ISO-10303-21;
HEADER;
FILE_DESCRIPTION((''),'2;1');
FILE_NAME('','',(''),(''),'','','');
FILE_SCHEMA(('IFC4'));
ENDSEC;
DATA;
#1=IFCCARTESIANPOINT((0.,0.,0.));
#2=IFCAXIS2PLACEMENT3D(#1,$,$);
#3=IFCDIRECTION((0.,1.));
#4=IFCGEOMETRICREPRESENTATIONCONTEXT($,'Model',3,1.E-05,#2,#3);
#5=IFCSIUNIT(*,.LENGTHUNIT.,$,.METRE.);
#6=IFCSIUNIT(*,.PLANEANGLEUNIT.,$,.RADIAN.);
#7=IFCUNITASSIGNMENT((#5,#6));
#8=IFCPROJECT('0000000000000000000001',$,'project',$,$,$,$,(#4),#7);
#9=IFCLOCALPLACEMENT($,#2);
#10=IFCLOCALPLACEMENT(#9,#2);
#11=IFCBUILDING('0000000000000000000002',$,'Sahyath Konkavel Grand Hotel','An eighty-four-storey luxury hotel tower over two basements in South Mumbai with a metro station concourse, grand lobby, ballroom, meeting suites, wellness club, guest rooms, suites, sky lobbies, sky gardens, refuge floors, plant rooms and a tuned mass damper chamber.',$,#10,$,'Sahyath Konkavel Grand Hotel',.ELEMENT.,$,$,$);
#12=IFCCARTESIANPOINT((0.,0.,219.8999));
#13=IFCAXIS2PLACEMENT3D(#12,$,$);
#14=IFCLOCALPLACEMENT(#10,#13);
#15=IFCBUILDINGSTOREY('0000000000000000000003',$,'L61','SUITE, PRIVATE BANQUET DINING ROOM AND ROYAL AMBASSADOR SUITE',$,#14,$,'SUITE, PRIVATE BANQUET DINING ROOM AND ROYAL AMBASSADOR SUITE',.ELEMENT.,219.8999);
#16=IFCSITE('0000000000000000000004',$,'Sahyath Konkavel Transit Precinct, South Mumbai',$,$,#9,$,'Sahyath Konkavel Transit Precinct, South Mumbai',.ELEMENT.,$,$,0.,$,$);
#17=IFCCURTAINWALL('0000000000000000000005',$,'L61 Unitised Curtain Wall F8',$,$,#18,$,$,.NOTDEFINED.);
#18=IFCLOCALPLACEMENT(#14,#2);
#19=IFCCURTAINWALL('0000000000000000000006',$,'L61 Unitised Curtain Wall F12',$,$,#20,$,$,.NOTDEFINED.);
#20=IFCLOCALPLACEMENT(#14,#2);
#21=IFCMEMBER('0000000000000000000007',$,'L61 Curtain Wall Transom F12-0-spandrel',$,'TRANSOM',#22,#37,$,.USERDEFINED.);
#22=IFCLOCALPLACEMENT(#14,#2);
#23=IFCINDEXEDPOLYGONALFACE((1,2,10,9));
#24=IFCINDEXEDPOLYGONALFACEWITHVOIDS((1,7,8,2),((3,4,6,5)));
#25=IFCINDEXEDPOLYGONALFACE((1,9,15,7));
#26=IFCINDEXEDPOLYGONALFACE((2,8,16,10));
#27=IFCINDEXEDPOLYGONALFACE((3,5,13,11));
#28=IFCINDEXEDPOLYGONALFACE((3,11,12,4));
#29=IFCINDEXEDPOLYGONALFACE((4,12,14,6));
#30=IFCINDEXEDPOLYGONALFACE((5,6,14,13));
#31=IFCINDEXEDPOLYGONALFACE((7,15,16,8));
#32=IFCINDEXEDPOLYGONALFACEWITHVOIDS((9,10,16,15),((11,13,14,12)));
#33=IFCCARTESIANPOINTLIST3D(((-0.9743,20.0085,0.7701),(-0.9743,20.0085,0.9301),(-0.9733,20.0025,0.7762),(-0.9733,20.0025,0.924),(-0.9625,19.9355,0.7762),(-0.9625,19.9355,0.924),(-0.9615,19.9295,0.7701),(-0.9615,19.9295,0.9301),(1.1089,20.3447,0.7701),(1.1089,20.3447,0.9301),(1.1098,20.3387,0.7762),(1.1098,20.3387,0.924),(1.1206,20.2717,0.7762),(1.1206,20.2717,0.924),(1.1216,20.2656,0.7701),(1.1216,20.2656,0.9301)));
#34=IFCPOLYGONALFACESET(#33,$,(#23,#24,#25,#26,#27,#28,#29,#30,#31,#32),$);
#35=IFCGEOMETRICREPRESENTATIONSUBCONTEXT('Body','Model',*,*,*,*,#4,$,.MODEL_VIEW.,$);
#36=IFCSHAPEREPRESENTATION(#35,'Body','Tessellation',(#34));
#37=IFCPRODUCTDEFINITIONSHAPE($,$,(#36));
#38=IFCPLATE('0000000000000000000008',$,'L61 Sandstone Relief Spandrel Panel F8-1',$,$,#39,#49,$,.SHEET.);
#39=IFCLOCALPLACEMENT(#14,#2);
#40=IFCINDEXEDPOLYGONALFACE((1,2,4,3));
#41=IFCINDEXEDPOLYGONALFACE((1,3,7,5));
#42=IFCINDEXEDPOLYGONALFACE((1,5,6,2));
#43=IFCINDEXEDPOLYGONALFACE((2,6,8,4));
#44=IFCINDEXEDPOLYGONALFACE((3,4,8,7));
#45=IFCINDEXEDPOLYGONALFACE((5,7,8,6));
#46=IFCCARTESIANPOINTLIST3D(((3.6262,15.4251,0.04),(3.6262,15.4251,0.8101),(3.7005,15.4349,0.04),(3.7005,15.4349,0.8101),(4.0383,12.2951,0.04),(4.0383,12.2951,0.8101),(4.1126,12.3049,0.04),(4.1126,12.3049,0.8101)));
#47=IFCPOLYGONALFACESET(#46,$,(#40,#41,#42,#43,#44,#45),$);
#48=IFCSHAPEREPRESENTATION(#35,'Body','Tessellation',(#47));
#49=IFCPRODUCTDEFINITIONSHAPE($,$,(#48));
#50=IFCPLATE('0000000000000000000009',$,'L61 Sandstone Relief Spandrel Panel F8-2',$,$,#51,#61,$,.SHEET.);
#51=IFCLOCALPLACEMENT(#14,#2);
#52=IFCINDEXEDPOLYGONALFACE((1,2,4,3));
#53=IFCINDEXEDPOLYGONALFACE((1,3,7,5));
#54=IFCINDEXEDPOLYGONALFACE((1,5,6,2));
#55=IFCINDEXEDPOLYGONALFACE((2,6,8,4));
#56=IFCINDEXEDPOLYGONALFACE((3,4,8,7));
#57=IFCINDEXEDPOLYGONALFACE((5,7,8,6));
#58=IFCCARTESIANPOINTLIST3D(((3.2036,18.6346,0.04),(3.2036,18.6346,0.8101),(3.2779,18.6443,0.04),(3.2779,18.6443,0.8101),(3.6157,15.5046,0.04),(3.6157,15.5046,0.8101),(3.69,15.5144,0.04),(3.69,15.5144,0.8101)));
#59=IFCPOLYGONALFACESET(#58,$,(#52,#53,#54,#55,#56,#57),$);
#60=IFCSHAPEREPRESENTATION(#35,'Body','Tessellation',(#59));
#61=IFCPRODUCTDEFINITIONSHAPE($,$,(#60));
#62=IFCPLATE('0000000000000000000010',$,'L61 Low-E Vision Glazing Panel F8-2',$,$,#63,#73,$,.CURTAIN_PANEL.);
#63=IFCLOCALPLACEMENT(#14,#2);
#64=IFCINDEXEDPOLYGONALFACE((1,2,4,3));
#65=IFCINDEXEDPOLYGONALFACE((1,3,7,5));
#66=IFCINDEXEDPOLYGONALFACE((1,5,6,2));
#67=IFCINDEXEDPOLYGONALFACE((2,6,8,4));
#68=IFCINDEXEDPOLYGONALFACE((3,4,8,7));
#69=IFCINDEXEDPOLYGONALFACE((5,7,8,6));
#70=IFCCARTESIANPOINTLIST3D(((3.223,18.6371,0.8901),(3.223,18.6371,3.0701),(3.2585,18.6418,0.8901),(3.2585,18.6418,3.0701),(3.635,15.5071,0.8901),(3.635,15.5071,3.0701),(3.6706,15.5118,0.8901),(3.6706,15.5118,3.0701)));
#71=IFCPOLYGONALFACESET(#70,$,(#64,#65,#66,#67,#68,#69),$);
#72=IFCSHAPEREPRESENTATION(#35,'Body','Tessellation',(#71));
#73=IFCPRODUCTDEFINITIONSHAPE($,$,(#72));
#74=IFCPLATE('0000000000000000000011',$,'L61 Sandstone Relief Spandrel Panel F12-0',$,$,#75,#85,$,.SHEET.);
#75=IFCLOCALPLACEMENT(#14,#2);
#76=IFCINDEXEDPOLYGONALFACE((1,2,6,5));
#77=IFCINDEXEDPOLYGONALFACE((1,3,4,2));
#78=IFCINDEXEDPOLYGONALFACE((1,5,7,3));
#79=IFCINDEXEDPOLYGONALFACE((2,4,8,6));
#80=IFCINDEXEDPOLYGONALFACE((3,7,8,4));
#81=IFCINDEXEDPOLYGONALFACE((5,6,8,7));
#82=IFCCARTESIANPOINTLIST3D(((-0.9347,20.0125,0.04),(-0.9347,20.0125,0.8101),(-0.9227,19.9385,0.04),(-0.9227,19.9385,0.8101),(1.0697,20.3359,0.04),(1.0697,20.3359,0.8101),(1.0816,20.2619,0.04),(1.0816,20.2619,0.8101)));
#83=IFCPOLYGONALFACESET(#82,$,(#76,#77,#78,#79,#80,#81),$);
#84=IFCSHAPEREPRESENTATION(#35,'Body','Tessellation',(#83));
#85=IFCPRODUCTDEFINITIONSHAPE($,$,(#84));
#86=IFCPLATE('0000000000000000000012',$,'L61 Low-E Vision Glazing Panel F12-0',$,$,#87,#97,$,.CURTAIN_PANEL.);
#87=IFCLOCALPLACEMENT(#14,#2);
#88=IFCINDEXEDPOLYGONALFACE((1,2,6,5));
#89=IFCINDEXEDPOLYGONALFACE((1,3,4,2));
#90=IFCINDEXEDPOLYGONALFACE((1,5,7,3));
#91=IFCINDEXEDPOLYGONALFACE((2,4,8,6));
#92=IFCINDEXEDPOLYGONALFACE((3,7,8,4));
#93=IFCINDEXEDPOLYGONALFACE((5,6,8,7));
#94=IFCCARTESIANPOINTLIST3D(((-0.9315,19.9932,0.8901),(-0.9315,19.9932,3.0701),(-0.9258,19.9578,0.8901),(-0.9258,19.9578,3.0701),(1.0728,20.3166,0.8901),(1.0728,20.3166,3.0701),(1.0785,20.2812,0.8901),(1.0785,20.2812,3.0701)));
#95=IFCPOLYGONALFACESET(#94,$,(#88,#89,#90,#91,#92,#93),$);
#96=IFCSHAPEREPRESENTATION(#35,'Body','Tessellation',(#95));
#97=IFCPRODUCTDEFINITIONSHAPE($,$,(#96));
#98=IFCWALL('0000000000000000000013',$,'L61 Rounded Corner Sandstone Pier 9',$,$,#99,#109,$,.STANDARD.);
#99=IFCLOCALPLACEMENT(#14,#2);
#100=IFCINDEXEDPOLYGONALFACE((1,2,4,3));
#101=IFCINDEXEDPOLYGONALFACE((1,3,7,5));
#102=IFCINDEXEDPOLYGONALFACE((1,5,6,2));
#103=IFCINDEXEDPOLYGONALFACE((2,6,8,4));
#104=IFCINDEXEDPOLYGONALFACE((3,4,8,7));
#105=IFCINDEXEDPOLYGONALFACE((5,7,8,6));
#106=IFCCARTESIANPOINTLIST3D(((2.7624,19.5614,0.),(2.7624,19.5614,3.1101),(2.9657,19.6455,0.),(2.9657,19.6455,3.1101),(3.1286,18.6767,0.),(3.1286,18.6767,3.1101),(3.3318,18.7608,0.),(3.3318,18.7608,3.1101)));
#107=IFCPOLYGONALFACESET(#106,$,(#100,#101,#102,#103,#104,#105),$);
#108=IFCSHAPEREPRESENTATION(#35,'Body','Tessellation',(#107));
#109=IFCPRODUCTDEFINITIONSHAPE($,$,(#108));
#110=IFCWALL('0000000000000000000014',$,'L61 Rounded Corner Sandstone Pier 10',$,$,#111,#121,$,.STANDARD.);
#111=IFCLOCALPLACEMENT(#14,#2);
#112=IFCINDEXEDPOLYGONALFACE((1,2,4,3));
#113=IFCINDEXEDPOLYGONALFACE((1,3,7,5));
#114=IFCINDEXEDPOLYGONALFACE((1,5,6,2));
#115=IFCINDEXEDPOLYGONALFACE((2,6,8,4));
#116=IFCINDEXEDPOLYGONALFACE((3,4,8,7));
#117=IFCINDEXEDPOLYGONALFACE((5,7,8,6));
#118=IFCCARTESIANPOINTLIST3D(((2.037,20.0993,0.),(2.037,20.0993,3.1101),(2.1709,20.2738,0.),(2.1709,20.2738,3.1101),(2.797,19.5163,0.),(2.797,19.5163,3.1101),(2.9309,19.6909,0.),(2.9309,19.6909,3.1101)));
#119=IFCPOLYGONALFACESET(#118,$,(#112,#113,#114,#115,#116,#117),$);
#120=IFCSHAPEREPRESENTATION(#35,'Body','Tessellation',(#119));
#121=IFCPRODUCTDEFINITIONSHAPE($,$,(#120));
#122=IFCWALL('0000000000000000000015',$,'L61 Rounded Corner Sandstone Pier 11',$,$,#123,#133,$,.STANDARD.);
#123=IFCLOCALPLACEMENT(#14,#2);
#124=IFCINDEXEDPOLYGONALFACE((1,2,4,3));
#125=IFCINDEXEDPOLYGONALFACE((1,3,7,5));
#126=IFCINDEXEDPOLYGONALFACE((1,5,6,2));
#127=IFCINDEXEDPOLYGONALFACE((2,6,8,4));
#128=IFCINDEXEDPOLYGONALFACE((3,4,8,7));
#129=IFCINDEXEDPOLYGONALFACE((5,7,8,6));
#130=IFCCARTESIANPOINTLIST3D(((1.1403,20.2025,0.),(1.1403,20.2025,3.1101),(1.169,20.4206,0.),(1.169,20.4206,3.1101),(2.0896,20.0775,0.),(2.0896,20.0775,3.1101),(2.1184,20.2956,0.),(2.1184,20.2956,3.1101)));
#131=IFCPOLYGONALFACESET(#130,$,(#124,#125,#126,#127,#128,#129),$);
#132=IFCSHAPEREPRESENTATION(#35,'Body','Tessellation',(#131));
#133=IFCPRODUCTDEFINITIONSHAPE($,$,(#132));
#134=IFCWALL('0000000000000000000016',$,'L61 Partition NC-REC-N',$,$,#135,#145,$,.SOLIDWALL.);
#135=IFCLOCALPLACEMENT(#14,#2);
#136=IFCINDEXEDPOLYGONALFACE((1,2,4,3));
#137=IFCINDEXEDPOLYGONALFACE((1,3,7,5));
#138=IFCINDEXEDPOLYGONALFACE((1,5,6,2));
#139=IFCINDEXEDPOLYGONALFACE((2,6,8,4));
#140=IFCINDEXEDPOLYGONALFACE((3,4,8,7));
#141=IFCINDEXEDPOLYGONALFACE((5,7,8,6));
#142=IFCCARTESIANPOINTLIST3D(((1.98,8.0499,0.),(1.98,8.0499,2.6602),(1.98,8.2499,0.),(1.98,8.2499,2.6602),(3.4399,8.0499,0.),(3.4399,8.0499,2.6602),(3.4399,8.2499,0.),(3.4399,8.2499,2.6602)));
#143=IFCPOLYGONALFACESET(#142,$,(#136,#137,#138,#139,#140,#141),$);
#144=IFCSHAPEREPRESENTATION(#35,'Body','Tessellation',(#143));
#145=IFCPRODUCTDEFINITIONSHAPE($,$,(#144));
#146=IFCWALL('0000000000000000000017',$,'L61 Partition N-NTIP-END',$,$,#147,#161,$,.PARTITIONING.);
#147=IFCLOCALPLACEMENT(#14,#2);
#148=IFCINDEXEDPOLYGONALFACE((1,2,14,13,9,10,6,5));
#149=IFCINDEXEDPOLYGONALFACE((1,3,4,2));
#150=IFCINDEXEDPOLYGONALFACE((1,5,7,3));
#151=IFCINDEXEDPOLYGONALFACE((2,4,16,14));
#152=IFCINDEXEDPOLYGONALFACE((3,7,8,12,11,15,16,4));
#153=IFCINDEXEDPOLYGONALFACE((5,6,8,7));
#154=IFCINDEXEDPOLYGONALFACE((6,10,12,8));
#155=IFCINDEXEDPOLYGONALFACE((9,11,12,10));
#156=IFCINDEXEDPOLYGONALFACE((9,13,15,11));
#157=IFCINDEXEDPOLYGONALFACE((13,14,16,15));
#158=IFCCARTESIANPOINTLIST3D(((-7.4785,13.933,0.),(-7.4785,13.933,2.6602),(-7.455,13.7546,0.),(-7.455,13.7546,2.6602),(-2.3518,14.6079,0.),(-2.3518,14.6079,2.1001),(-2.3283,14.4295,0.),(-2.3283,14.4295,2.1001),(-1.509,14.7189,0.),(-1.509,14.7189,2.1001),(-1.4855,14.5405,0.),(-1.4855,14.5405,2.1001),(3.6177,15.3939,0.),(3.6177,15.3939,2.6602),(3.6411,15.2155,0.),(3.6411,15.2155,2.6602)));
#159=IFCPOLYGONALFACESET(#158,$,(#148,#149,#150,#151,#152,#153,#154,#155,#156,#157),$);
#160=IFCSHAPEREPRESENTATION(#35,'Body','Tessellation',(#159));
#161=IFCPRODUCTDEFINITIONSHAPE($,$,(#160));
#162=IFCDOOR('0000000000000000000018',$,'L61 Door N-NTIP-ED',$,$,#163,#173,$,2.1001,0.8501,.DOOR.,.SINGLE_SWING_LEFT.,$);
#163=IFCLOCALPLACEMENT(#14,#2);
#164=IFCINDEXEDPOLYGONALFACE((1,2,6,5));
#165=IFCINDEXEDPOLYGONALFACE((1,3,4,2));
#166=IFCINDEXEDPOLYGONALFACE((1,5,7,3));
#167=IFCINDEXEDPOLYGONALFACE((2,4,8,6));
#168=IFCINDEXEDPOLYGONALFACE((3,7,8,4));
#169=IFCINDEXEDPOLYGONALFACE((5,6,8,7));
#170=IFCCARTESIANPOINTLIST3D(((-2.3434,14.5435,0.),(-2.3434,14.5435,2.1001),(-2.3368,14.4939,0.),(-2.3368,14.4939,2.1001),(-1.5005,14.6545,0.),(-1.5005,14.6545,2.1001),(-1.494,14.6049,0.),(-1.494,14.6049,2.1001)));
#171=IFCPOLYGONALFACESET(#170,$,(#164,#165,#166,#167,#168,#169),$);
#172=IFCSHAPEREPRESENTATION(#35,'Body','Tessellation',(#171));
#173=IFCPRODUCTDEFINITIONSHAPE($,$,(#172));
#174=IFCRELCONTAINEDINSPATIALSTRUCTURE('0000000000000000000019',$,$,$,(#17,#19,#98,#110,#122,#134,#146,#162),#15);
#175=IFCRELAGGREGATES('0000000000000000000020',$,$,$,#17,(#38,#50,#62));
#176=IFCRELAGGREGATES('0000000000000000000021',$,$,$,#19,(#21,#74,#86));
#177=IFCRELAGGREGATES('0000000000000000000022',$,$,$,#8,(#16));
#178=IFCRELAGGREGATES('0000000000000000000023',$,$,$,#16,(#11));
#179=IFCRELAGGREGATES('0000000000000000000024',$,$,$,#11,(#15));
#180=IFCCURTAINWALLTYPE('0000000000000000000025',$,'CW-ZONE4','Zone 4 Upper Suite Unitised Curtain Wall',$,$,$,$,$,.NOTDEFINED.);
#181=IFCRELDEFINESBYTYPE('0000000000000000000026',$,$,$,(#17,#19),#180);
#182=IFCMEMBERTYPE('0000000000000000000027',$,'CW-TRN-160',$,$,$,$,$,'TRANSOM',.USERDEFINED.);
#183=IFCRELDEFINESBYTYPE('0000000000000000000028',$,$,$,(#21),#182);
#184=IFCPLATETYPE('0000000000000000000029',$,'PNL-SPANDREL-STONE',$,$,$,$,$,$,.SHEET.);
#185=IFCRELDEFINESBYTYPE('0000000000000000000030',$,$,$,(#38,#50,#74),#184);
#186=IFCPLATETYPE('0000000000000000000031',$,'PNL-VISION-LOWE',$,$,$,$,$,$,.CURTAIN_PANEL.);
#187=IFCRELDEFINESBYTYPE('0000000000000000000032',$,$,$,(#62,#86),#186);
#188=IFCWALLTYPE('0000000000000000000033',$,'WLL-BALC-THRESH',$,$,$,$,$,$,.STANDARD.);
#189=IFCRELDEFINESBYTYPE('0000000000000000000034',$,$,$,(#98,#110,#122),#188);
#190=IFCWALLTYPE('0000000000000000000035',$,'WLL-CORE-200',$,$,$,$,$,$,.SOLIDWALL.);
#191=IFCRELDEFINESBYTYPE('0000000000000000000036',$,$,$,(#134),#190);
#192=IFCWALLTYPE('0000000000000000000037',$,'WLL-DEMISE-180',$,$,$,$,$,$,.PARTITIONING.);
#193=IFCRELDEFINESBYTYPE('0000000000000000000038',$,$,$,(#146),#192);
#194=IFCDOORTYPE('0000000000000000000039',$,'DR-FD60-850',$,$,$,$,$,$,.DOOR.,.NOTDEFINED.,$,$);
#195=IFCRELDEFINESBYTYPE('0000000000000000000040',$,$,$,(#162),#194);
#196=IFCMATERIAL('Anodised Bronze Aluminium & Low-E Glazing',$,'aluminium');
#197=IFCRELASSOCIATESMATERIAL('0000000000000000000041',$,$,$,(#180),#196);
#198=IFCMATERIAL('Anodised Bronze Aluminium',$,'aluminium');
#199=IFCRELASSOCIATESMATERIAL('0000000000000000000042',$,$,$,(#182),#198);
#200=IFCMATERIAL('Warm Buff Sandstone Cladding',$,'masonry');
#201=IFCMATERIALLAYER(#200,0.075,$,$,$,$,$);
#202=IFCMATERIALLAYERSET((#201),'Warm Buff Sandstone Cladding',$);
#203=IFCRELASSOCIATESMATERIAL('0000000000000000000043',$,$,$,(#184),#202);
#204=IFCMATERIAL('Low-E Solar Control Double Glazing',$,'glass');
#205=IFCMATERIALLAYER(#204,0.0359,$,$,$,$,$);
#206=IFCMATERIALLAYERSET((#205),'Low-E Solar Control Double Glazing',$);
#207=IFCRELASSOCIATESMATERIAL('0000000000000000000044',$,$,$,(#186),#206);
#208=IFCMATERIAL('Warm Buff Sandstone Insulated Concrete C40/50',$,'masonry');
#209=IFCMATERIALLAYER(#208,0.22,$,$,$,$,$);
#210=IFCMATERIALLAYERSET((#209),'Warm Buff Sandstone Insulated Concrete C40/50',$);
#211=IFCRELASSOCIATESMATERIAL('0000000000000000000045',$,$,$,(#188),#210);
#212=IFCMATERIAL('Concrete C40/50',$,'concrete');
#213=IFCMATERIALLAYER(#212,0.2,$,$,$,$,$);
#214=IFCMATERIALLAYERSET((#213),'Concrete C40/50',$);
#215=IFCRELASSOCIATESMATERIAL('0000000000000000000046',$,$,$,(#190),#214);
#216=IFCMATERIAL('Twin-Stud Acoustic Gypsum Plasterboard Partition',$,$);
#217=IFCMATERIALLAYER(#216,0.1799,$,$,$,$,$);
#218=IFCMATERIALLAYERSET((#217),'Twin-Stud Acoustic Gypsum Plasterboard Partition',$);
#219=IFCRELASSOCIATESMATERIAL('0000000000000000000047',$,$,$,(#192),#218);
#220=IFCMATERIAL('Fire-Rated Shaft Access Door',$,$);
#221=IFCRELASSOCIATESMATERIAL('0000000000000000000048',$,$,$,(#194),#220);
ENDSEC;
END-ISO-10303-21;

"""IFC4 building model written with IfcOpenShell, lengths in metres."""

from ifc_helpers import new_model, si_unit, direction, frame, frame_2d, origin, origin_2d, place, context, subcontext, project, spatial, rectangle, hollow_rectangle, extrude, source, transform, mapped, material, layer, layer_set, material_profile, profile_set, type_object, element, fill, aggregate, save


model = new_model("IFC4")

# Units and contexts
model_context = context("Model", 3, precision=1e-05, world=origin(), true_north=direction((0.0, 1.0)))
body_context = subcontext(model_context, "Body", "Model", "MODEL_VIEW")
ifc_project = project(units=[si_unit("LENGTHUNIT", "METRE"), si_unit("PLANEANGLEUNIT", "RADIAN")], contexts=[model_context])

# Site, building, storey
site_placement = place(None, origin())
site = spatial("IfcSite", under=ifc_project, at=site_placement, Name="Sahyath Konkavel Transit Precinct, South Mumbai", LongName="Sahyath Konkavel Transit Precinct, South Mumbai", CompositionType="ELEMENT", RefElevation=0.0)
building_placement = place(site_placement, origin())
building = spatial("IfcBuilding", under=site, at=building_placement, Name="Sahyath Konkavel Grand Hotel", Description="An eighty-four-storey luxury hotel tower over two basements in South Mumbai with a metro station concourse, grand lobby, ballroom, meeting suites, wellness club, guest rooms, suites, sky lobbies, sky gardens, refuge floors, plant rooms and a tuned mass damper chamber.", LongName="Sahyath Konkavel Grand Hotel", CompositionType="ELEMENT")
storey_placement = place(building_placement, frame((0.0, 0.0, 219.8999)))
storey = spatial("IfcBuildingStorey", under=building, at=storey_placement, Name="L61", Description="SUITE, PRIVATE BANQUET DINING ROOM AND ROYAL AMBASSADOR SUITE", LongName="SUITE, PRIVATE BANQUET DINING ROOM AND ROYAL AMBASSADOR SUITE", CompositionType="ELEMENT", Elevation=219.8999)

# Shared definitions
ifc_material_1 = material(Name="Concrete C40/50", Category="concrete")

# Curtain wall
ifc_material_2 = material(Name="Anodised Bronze Aluminium & Low-E Glazing", Category="aluminium")
curtain_wall_type = type_object("IfcCurtainWallType", Name="CW-ZONE4", Description="Zone 4 Upper Suite Unitised Curtain Wall", PredefinedType="NOTDEFINED", material=ifc_material_2)
curtain_wall_1_placement = place(storey_placement, origin())
curtain_wall_1 = element("IfcCurtainWall", 1, at=curtain_wall_1_placement, inside=storey, type_object=curtain_wall_type, Name="L61 Unitised Curtain Wall F8", PredefinedType="NOTDEFINED")
ifc_material_3 = material(Name="Anodised Bronze Aluminium", Category="aluminium")

# Curtain wall
curtain_wall_2_placement = place(storey_placement, origin())
curtain_wall_2 = element("IfcCurtainWall", 2, at=curtain_wall_2_placement, inside=storey, type_object=curtain_wall_type, Name="L61 Unitised Curtain Wall F12", PredefinedType="NOTDEFINED")

# Member
ifc_material_profile_1 = material_profile(ifc_material_3, hollow_rectangle(XDim=0.0801, YDim=0.1599, WallThickness=0.0061, at=origin_2d()), Name="RHS 160x80x6")
ifc_profile_set_1 = profile_set([ifc_material_profile_1], Name="Anodised Bronze Aluminium")
member_type_1 = type_object("IfcMemberType", Name="CW-TRN-160", ElementType="TRANSOM", PredefinedType="USERDEFINED", material=ifc_profile_set_1)
shared_shape_1 = source(origin(), body_context, "Body", "SweptSolid", [
    extrude(hollow_rectangle(XDim=0.0801, YDim=0.1599, WallThickness=0.0061, at=origin_2d()), origin(), (0.0, 0.0, 1.0), 2.1101),
])
member_1_placement = place(storey_placement, frame((1.1152, 20.3052, 0.8501), z_axis=(-0.987228, -0.159312, 0.0), x_axis=(0.159312, -0.987228, 0.0)))
member_1 = element("IfcMember", 3, at=member_1_placement, type_object=member_type_1, Name="L61 Curtain Wall Transom F12-0-spandrel", ObjectType="TRANSOM", PredefinedType="USERDEFINED", context=body_context, shape_type="MappedRepresentation", body=[
    mapped(shared_shape_1, transform((0.0, 0.0, 0.0), scale=1.0)),
])

# Plates
ifc_material_4 = material(Name="Warm Buff Sandstone Cladding", Category="masonry")
ifc_layer_1 = layer(ifc_material_4, 0.075)
ifc_layer_set_1 = layer_set([ifc_layer_1], Name="Warm Buff Sandstone Cladding")
plate_type_1 = type_object("IfcPlateType", Name="PNL-SPANDREL-STONE", PredefinedType="SHEET", material=ifc_layer_set_1)
shared_shape_2 = source(origin(), body_context, "Body", "SweptSolid", [
    extrude(rectangle(XDim=3.157, YDim=0.075, at=origin_2d()), origin(), (0.0, 0.0, 1.0), 0.77),
])
plate_1_placement = place(storey_placement, frame((3.8694, 13.865, 0.04), z_axis=(0.0, 0.0, 1.0), x_axis=(-0.130526, 0.991445, 0.0)))
plate_1 = element("IfcPlate", 4, at=plate_1_placement, type_object=plate_type_1, Name="L61 Sandstone Relief Spandrel Panel F8-1", PredefinedType="SHEET", context=body_context, shape_type="MappedRepresentation", body=[
    mapped(shared_shape_2, transform((0.0, 0.0, 0.0), scale=1.0)),
])
plate_2_placement = place(storey_placement, frame((3.4468, 17.0745, 0.04), z_axis=(0.0, 0.0, 1.0), x_axis=(-0.130526, 0.991445, 0.0)))
plate_2 = element("IfcPlate", 5, at=plate_2_placement, type_object=plate_type_1, Name="L61 Sandstone Relief Spandrel Panel F8-2", PredefinedType="SHEET", context=body_context, shape_type="MappedRepresentation", body=[
    mapped(shared_shape_2, transform((0.0, 0.0, 0.0), scale=1.0)),
])
ifc_material_5 = material(Name="Low-E Solar Control Double Glazing", Category="glass")
ifc_layer_2 = layer(ifc_material_5, 0.0359)
ifc_layer_set_2 = layer_set([ifc_layer_2], Name="Low-E Solar Control Double Glazing")
plate_type_2 = type_object("IfcPlateType", Name="PNL-VISION-LOWE", PredefinedType="CURTAIN_PANEL", material=ifc_layer_set_2)
shared_shape_3 = source(origin(), body_context, "Body", "SweptSolid", [
    extrude(rectangle(XDim=3.157, YDim=0.0359, at=origin_2d()), origin(), (0.0, 0.0, 1.0), 2.1799),
])
plate_3_placement = place(storey_placement, frame((3.4468, 17.0745, 0.8901), z_axis=(0.0, 0.0, 1.0), x_axis=(-0.130526, 0.991445, 0.0)))
plate_3 = element("IfcPlate", 6, at=plate_3_placement, type_object=plate_type_2, Name="L61 Low-E Vision Glazing Panel F8-2", PredefinedType="CURTAIN_PANEL", context=body_context, shape_type="MappedRepresentation", body=[
    mapped(shared_shape_3, transform((0.0, 0.0, 0.0), scale=1.0)),
])
aggregate(curtain_wall_1, [plate_1, plate_2, plate_3])
shared_shape_4 = source(origin(), body_context, "Body", "SweptSolid", [
    extrude(rectangle(XDim=2.0303, YDim=0.075, at=origin_2d()), origin(), (0.0, 0.0, 1.0), 0.77),
])
plate_4_placement = place(storey_placement, frame((0.0735, 20.1372, 0.04), z_axis=(0.0, 0.0, 1.0), x_axis=(-0.987228, -0.159313, 0.0)))
plate_4 = element("IfcPlate", 7, at=plate_4_placement, type_object=plate_type_1, Name="L61 Sandstone Relief Spandrel Panel F12-0", PredefinedType="SHEET", context=body_context, shape_type="MappedRepresentation", body=[
    mapped(shared_shape_4, transform((0.0, 0.0, 0.0), scale=1.0)),
])
shared_shape_5 = source(origin(), body_context, "Body", "SweptSolid", [
    extrude(rectangle(XDim=2.0303, YDim=0.0359, at=origin_2d()), origin(), (0.0, 0.0, 1.0), 2.1799),
])
plate_5_placement = place(storey_placement, frame((0.0735, 20.1372, 0.8901), z_axis=(0.0, 0.0, 1.0), x_axis=(-0.987228, -0.159313, 0.0)))
plate_5 = element("IfcPlate", 8, at=plate_5_placement, type_object=plate_type_2, Name="L61 Low-E Vision Glazing Panel F12-0", PredefinedType="CURTAIN_PANEL", context=body_context, shape_type="MappedRepresentation", body=[
    mapped(shared_shape_5, transform((0.0, 0.0, 0.0), scale=1.0)),
])
aggregate(curtain_wall_2, [member_1, plate_4, plate_5])

# Walls
ifc_material_6 = material(Name="Warm Buff Sandstone Insulated Concrete C40/50", Category="masonry")
ifc_layer_3 = layer(ifc_material_6, 0.22)
ifc_layer_set_3 = layer_set([ifc_layer_3], Name="Warm Buff Sandstone Insulated Concrete C40/50")
wall_type_1 = type_object("IfcWallType", Name="WLL-BALC-THRESH", PredefinedType="STANDARD", material=ifc_layer_set_3)
wall_1_placement = place(storey_placement, frame((3.2302, 18.7188, 0.0), z_axis=(0.0, 0.0, 1.0), x_axis=(-0.382442, 0.92398, 0.0)))
element("IfcWall", 9, at=wall_1_placement, inside=storey, type_object=wall_type_1, Name="L61 Rounded Corner Sandstone Pier 9", PredefinedType="STANDARD", context=body_context, shape_type="SweptSolid", body=[
    extrude(rectangle(XDim=0.9575, YDim=0.22, at=frame_2d((0.4788, 0.0))), origin(), (0.0, 0.0, 1.0), 3.1101),
])
wall_2_placement = place(storey_placement, frame((2.864, 19.6035, 0.0), z_axis=(0.0, 0.0, 1.0), x_axis=(-0.793438, 0.608651, 0.0)))
element("IfcWall", 10, at=wall_2_placement, inside=storey, type_object=wall_type_1, Name="L61 Rounded Corner Sandstone Pier 10", PredefinedType="STANDARD", context=body_context, shape_type="SweptSolid", body=[
    extrude(rectangle(XDim=0.9578, YDim=0.22, at=frame_2d((0.479, 0.0))), origin(), (0.0, 0.0, 1.0), 3.1101),
])
wall_3_placement = place(storey_placement, frame((2.104, 20.1865, 0.0), z_axis=(0.0, 0.0, 1.0), x_axis=(-0.99144, 0.13056, 0.0)))
element("IfcWall", 11, at=wall_3_placement, inside=storey, type_object=wall_type_1, Name="L61 Rounded Corner Sandstone Pier 11", PredefinedType="STANDARD", context=body_context, shape_type="SweptSolid", body=[
    extrude(rectangle(XDim=0.9575, YDim=0.22, at=frame_2d((0.4788, 0.0))), origin(), (0.0, 0.0, 1.0), 3.1101),
])
ifc_layer_4 = layer(ifc_material_1, 0.2)
ifc_layer_set_4 = layer_set([ifc_layer_4], Name="Concrete C40/50")
wall_type_2 = type_object("IfcWallType", Name="WLL-CORE-200", PredefinedType="SOLIDWALL", material=ifc_layer_set_4)
wall_4_placement = place(storey_placement, frame((1.98, 8.1499, 0.0), z_axis=(0.0, 0.0, 1.0), x_axis=(1.0, 0.0, 0.0)))
element("IfcWall", 12, at=wall_4_placement, inside=storey, type_object=wall_type_2, Name="L61 Partition NC-REC-N", PredefinedType="SOLIDWALL", context=body_context, shape_type="SweptSolid", body=[
    extrude(rectangle(XDim=1.46, YDim=0.2, at=frame_2d((0.73, 0.0))), origin(), (0.0, 0.0, 1.0), 2.6602),
])

# Wall, opening, door
ifc_material_7 = material(Name="Twin-Stud Acoustic Gypsum Plasterboard Partition")
ifc_layer_5 = layer(ifc_material_7, 0.1799)
ifc_layer_set_5 = layer_set([ifc_layer_5], Name="Twin-Stud Acoustic Gypsum Plasterboard Partition")
wall_type_3 = type_object("IfcWallType", Name="WLL-DEMISE-180", PredefinedType="PARTITIONING", material=ifc_layer_set_5)
wall_5_placement = place(storey_placement, frame((3.6294, 15.3047, 0.0), z_axis=(0.0, 0.0, 1.0), x_axis=(-0.991444, -0.130535, 0.0)))
wall_5 = element("IfcWall", 13, at=wall_5_placement, inside=storey, type_object=wall_type_3, Name="L61 Partition N-NTIP-END", PredefinedType="PARTITIONING", context=body_context, shape_type="SweptSolid", body=[
    extrude(rectangle(XDim=11.1919, YDim=0.1799, at=frame_2d((5.5959, 0.0))), origin(), (0.0, 0.0, 1.0), 2.6602),
])
opening_1_placement = place(wall_5_placement, frame((5.1709, 0.0, 0.0)))
opening_1 = element("IfcOpeningElement", 14, at=opening_1_placement, cuts=wall_5, PredefinedType="OPENING", context=body_context, shape_type="SweptSolid", body=[
    extrude(rectangle(XDim=0.8501, YDim=2.1001, at=frame_2d((0.425, 1.05))), frame((0.0, 0.1001, 0.0), z_axis=(0.0, -1.0, 0.0), x_axis=(1.0, 0.0, 0.0)), (0.0, 0.0, 1.0), 0.2),
])
ifc_material_8 = material(Name="Fire-Rated Shaft Access Door")
door_type_1 = type_object("IfcDoorType", Name="DR-FD60-850", OperationType="NOTDEFINED", PredefinedType="DOOR", material=ifc_material_8)
shared_shape_6 = source(origin(), body_context, "Body", "SweptSolid", [
    extrude(rectangle(XDim=0.8501, YDim=0.05, at=origin_2d()), origin(), (0.0, 0.0, 1.0), 2.1001),
])
door_1_placement = place(opening_1_placement, frame((0.425, 0.0, 0.0)))
door_1 = element("IfcDoor", 15, at=door_1_placement, inside=storey, type_object=door_type_1, Name="L61 Door N-NTIP-ED", OperationType="SINGLE_SWING_LEFT", OverallHeight=2.1001, OverallWidth=0.8501, PredefinedType="DOOR", context=body_context, shape_type="MappedRepresentation", body=[
    mapped(shared_shape_6, transform((0.0, 0.0, 0.0), scale=1.0)),
])
fill(opening_1, door_1)

save(model, "model.ifc")
